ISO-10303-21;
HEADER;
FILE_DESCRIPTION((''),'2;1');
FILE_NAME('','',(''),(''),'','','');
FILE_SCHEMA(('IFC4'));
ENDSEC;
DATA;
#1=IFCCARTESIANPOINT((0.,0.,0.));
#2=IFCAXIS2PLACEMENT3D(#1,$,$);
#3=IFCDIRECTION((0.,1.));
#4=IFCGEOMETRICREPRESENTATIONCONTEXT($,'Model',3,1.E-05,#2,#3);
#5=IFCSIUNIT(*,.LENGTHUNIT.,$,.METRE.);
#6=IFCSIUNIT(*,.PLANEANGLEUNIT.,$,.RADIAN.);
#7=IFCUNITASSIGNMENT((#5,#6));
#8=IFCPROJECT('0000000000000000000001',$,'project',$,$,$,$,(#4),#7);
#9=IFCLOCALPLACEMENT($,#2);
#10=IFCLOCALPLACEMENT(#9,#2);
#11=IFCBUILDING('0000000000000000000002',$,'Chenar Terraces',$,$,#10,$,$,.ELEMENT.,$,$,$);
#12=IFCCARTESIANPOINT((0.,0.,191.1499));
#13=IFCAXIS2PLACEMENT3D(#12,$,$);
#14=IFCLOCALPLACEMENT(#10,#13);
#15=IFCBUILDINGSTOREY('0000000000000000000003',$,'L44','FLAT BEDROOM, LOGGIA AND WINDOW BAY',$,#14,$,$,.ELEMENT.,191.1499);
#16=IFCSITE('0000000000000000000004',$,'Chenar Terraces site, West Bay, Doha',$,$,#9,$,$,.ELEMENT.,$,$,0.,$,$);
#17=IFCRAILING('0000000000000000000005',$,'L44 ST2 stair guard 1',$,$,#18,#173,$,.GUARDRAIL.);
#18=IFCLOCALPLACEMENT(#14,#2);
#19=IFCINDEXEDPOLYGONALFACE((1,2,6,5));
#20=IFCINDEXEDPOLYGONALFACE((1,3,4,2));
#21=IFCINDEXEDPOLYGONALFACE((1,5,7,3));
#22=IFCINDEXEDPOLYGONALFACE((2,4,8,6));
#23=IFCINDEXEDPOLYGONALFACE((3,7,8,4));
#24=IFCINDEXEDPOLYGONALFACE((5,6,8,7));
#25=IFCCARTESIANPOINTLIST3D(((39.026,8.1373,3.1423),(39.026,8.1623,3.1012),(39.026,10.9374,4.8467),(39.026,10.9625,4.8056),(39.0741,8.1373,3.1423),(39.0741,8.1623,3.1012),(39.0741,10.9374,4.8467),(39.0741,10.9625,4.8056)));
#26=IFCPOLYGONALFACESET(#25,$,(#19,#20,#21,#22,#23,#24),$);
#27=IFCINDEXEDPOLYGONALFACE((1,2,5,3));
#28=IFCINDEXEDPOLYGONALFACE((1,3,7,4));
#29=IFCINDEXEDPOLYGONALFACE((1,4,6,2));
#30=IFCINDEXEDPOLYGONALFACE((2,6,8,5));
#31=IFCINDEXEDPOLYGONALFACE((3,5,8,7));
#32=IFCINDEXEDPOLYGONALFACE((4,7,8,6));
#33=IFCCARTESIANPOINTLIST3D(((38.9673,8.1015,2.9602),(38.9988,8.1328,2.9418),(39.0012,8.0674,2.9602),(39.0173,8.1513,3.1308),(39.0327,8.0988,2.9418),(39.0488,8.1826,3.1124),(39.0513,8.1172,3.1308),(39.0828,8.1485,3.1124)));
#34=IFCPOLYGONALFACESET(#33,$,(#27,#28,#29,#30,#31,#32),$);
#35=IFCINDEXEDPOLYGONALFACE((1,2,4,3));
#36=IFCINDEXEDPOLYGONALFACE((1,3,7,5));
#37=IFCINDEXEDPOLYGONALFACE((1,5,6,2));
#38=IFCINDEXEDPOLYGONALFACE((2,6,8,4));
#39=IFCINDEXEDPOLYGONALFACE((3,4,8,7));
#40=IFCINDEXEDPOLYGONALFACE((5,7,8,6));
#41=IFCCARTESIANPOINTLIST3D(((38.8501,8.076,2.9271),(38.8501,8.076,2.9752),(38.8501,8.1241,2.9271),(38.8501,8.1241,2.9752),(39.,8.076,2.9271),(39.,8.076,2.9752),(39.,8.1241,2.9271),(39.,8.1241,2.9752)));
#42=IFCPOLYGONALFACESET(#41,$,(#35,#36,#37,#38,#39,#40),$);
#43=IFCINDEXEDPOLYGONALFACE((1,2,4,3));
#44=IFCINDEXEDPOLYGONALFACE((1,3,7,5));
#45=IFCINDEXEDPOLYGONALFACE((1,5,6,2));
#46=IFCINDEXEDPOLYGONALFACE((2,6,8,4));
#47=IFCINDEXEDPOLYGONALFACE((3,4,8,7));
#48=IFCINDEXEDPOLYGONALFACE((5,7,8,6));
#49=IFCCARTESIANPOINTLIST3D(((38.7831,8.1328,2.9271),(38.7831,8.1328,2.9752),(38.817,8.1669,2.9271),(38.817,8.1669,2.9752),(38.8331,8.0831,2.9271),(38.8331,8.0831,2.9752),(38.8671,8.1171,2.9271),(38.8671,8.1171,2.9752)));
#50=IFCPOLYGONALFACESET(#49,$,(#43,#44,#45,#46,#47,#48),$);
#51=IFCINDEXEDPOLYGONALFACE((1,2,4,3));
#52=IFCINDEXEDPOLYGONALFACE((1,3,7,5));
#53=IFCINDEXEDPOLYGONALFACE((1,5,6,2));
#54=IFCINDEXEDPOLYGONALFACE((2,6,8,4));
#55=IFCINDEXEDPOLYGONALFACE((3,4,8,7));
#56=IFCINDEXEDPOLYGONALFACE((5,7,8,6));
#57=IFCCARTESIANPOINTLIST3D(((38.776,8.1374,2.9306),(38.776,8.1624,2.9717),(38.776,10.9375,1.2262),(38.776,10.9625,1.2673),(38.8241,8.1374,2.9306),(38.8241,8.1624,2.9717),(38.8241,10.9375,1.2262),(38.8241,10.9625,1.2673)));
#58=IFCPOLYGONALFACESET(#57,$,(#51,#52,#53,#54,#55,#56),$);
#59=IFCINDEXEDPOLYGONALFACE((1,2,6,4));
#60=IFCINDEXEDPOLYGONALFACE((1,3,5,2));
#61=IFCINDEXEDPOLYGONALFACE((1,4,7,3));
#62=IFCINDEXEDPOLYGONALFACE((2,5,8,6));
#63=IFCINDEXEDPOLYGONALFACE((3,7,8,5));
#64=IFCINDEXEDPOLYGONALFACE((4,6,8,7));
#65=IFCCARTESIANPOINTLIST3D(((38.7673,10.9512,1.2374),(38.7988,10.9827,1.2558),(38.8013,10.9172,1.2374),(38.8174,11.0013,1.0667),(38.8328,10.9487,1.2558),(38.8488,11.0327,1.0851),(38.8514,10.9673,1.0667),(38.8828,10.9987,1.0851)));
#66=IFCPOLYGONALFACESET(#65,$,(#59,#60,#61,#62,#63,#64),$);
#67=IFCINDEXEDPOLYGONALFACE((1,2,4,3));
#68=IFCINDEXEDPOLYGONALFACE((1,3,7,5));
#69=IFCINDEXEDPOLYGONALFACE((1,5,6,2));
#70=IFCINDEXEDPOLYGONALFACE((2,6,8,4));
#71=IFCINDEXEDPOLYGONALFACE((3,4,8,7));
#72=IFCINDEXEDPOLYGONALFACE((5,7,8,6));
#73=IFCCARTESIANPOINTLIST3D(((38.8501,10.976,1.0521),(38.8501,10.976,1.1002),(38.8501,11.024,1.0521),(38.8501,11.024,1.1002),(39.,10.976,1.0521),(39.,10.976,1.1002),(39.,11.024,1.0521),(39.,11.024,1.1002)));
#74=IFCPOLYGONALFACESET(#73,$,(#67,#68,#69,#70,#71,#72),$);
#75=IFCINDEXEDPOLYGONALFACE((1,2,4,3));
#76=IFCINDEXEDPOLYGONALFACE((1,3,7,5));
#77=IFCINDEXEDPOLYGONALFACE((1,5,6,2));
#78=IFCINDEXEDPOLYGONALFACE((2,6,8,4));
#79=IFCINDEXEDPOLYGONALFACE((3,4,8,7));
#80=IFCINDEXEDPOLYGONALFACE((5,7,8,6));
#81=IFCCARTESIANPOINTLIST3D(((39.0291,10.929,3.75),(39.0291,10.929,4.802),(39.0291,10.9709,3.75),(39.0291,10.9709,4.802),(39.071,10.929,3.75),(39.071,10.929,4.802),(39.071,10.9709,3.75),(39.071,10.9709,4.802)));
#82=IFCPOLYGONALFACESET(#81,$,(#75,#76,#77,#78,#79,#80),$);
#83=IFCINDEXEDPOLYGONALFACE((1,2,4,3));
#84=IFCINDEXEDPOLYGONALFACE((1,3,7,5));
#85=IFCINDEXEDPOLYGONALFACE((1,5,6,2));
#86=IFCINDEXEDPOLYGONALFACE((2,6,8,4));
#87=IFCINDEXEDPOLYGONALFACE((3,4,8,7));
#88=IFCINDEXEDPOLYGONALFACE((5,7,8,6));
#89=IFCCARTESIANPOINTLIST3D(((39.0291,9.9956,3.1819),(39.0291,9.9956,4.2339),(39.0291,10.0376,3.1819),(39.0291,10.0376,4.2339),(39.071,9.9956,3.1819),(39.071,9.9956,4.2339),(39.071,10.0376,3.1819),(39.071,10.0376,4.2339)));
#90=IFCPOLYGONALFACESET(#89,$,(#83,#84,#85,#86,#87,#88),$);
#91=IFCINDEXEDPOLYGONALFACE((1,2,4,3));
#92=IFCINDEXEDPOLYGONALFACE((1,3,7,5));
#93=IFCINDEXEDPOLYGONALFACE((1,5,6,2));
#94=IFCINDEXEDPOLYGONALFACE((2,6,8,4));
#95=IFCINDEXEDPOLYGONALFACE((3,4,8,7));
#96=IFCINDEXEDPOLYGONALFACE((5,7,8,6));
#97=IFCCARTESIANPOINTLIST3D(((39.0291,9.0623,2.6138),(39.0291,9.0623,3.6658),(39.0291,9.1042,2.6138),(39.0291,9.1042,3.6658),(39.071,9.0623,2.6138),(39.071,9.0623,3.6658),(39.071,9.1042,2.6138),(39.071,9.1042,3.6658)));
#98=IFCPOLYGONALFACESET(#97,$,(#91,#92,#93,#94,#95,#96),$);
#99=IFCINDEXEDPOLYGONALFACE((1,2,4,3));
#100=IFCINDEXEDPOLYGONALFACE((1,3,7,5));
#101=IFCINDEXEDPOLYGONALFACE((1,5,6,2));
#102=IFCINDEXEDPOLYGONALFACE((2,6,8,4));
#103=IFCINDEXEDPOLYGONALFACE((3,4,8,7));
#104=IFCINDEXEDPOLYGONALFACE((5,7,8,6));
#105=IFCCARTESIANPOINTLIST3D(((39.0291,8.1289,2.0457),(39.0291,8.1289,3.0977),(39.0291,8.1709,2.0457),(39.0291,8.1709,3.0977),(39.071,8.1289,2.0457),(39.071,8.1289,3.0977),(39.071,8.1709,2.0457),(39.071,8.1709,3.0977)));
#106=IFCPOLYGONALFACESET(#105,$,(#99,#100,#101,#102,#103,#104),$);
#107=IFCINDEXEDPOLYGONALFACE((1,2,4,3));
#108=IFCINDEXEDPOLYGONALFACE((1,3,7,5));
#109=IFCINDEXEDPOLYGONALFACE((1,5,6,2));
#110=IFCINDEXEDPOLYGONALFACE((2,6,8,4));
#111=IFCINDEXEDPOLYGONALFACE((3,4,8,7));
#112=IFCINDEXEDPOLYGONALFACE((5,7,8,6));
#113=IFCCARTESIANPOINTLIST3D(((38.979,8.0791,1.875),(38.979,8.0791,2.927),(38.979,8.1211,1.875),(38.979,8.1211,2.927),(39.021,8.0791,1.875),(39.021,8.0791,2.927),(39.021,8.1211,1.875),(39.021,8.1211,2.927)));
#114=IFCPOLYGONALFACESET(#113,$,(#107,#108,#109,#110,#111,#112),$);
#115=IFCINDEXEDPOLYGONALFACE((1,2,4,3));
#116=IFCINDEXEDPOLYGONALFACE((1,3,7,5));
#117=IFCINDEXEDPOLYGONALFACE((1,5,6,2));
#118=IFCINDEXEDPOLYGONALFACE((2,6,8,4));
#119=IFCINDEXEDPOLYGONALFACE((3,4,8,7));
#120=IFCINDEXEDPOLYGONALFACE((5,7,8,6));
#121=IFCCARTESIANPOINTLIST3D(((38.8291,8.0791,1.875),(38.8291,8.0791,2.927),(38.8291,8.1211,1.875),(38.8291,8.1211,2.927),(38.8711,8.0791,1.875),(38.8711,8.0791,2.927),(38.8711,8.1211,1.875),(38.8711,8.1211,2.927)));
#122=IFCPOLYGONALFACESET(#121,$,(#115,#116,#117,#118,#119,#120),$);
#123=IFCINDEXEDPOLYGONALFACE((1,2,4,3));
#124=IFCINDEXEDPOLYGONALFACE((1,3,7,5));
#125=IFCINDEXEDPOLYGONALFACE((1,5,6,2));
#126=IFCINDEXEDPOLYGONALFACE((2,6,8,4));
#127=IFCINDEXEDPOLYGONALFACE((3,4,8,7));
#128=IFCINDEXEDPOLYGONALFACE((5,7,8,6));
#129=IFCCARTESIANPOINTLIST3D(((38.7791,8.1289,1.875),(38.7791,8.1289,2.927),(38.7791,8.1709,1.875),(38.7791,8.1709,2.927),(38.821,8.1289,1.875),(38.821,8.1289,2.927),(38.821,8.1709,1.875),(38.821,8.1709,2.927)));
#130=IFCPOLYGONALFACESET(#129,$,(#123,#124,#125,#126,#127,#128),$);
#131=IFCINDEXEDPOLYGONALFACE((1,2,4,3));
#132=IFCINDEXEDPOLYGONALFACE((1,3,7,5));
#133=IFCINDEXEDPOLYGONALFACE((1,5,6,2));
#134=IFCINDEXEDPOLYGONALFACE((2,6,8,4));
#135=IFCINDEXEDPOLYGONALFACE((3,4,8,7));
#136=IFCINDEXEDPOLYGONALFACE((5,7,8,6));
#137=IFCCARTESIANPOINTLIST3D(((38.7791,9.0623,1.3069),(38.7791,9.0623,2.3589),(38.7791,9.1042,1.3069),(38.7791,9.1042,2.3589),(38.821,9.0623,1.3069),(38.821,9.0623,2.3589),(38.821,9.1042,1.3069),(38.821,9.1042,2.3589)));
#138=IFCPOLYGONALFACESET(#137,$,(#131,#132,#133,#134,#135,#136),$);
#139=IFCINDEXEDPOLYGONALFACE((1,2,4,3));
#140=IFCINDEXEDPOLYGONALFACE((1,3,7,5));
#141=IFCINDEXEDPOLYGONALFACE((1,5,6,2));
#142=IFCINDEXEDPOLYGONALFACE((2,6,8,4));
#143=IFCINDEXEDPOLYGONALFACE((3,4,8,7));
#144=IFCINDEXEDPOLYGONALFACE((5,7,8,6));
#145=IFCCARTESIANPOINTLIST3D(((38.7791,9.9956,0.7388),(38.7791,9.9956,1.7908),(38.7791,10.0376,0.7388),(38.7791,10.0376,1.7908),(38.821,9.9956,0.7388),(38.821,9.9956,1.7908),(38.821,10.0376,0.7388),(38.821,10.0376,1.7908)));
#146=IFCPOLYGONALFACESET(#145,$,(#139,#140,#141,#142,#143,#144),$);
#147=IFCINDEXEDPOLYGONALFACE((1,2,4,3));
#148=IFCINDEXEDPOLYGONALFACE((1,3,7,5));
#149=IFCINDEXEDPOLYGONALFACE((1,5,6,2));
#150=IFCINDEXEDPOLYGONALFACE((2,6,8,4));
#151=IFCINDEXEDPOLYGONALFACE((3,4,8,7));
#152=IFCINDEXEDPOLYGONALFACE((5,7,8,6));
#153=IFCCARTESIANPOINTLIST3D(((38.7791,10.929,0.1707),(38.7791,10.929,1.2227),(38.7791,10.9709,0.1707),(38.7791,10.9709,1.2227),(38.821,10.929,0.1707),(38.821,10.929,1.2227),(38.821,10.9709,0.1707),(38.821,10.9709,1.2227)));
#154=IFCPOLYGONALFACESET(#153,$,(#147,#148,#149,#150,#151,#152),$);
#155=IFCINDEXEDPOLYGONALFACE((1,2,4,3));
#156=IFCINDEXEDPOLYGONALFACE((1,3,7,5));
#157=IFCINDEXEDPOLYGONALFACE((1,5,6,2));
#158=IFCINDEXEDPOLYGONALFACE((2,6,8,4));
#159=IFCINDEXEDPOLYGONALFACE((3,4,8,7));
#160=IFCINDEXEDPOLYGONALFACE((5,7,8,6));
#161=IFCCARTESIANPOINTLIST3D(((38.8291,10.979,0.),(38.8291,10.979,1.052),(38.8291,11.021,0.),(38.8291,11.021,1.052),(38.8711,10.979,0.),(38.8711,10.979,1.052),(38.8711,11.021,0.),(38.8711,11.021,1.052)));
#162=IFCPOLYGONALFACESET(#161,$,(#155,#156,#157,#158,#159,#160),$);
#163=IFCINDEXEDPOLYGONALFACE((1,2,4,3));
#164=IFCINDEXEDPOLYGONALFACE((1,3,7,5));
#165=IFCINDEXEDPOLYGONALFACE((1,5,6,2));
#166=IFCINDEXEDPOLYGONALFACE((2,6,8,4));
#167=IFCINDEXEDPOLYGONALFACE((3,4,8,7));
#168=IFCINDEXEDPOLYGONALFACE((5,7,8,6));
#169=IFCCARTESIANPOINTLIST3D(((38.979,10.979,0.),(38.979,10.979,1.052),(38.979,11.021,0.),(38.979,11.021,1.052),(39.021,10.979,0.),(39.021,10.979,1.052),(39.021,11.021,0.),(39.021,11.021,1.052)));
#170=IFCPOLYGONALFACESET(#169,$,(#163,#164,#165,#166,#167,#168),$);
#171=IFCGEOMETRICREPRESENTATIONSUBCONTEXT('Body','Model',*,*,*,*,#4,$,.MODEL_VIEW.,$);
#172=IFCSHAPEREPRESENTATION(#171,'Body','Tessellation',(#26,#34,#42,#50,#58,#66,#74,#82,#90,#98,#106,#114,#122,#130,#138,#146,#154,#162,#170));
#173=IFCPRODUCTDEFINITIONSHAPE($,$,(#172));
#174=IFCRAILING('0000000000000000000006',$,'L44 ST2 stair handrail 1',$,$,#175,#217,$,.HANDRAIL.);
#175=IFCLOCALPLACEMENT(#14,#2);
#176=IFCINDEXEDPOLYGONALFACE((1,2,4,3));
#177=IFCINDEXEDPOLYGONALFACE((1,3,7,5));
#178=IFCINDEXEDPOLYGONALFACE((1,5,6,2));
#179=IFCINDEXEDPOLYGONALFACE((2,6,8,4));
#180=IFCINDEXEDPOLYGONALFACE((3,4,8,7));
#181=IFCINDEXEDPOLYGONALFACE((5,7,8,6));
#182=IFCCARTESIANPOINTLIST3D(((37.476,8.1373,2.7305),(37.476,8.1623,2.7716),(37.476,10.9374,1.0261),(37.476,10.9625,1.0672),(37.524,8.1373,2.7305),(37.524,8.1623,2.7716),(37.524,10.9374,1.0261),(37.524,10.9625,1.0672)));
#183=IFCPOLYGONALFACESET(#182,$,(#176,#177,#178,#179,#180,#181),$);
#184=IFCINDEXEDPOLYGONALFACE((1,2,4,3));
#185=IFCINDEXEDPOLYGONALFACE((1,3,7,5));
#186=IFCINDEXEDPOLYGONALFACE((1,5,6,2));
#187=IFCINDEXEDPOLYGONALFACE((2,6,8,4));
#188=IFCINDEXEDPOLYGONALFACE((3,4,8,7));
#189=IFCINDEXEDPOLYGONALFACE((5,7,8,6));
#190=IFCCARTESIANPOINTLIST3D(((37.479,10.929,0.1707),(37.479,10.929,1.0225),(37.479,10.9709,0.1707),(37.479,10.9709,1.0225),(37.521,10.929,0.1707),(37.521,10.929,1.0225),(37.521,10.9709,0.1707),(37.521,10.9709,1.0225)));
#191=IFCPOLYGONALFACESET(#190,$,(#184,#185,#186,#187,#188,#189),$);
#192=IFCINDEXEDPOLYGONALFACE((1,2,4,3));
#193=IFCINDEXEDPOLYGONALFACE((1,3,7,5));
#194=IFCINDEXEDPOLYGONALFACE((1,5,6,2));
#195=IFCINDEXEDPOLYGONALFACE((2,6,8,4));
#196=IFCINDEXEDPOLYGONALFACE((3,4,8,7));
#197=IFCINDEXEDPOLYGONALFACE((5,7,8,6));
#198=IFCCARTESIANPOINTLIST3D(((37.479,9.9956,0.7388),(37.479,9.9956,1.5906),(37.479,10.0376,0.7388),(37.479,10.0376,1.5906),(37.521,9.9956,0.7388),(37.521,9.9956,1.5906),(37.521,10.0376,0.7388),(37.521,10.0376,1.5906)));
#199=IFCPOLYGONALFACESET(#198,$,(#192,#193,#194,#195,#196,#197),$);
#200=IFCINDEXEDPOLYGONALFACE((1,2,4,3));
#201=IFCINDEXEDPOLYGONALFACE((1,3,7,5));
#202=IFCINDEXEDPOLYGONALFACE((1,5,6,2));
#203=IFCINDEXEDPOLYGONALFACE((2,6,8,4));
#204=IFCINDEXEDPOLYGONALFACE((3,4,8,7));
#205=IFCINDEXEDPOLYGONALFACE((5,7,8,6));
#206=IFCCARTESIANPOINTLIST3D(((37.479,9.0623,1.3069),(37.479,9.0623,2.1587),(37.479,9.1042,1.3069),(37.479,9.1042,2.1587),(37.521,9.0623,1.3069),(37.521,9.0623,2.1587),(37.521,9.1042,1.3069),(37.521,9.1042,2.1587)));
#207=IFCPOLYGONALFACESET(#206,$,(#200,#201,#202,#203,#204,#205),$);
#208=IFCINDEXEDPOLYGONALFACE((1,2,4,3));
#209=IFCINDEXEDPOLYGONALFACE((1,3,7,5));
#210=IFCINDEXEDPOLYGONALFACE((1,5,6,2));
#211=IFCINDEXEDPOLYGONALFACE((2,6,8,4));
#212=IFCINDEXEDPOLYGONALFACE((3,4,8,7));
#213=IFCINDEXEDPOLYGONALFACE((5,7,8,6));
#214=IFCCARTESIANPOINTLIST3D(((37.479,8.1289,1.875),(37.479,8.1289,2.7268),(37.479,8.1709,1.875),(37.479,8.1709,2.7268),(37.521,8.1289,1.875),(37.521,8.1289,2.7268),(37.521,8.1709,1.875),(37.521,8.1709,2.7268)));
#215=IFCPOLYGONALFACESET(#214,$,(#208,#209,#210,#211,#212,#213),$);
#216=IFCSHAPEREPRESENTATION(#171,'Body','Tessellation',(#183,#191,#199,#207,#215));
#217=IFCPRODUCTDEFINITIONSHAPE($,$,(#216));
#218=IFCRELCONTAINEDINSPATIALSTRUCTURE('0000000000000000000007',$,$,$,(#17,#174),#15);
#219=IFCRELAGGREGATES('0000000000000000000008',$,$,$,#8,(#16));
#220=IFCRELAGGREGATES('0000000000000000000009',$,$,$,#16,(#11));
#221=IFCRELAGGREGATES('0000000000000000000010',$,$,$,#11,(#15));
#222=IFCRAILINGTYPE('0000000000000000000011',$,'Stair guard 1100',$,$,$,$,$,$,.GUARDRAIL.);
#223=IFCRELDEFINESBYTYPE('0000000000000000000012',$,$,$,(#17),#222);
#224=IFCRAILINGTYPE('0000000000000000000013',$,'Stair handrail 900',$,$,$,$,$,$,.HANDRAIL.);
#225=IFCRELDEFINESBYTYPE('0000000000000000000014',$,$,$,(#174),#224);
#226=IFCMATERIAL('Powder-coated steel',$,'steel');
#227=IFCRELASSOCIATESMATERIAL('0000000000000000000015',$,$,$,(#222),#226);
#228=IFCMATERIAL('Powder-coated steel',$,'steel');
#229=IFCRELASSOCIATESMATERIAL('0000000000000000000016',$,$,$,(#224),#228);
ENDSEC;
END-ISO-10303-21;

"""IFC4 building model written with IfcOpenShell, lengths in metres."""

from ifc_helpers import new_model, si_unit, direction, frame, origin, origin_2d, place, context, subcontext, project, spatial, rectangle, extrude, material, type_object, element, save


model = new_model("IFC4")

# Units and contexts
model_context = context("Model", 3, precision=1e-05, world=origin(), true_north=direction((0.0, 1.0)))
body_context = subcontext(model_context, "Body", "Model", "MODEL_VIEW")
ifc_project = project(units=[si_unit("LENGTHUNIT", "METRE"), si_unit("PLANEANGLEUNIT", "RADIAN")], contexts=[model_context])

# Site, building, storey
site_placement = place(None, origin())
site = spatial("IfcSite", under=ifc_project, at=site_placement, Name="Chenar Terraces site, West Bay, Doha", CompositionType="ELEMENT", RefElevation=0.0)
building_placement = place(site_placement, origin())
building = spatial("IfcBuilding", under=site, at=building_placement, Name="Chenar Terraces", CompositionType="ELEMENT")
storey_placement = place(building_placement, frame((0.0, 0.0, 191.1499)))
storey = spatial("IfcBuildingStorey", under=building, at=storey_placement, Name="L44", Description="FLAT BEDROOM, LOGGIA AND WINDOW BAY", CompositionType="ELEMENT", Elevation=191.1499)

# Railings
ifc_material_1 = material(Name="Powder-coated steel", Category="steel")
railing_type_1 = type_object("IfcRailingType", Name="Stair guard 1100", PredefinedType="GUARDRAIL", material=ifc_material_1)
railing_1_placement = place(storey_placement, frame((39.05, 10.95, 3.75)))
element("IfcRailing", 1, at=railing_1_placement, inside=storey, type_object=railing_type_1, Name="L44 ST2 stair guard 1", PredefinedType="GUARDRAIL", context=body_context, shape_type="SweptSolid", body=[
    extrude(rectangle(XDim=0.0481, YDim=0.0481, at=origin_2d()), frame((0.0, 0.0, 1.0762), z_axis=(0.0, -0.854203, -0.51994), x_axis=(1.0, 0.0, 0.0)), (0.0, 0.0, 1.0), 3.2781),
    extrude(rectangle(XDim=0.0481, YDim=0.0481, at=origin_2d()), frame((0.0, -2.8, -0.6284), z_axis=(-0.270997, -0.269675, -0.924033), x_axis=(0.705376, -0.708834, 0.0)), (0.0, 0.0, 1.0), 0.1846),
    extrude(rectangle(XDim=0.0481, YDim=0.0481, at=origin_2d()), frame((-0.05, -2.8499, -0.7988), z_axis=(-1.0, 0.0, 0.0), x_axis=(0.0, -1.0, 0.0)), (0.0, 0.0, 1.0), 0.1499),
    extrude(rectangle(XDim=0.0481, YDim=0.0481, at=origin_2d()), frame((-0.2, -2.8499, -0.7988), z_axis=(-0.708834, 0.705376, 0.0), x_axis=(-0.705376, -0.708834, 0.0)), (0.0, 0.0, 1.0), 0.0706),
    extrude(rectangle(XDim=0.0481, YDim=0.0481, at=origin_2d()), frame((-0.25, -2.8, -0.7988), z_axis=(0.0, 0.854203, -0.51994), x_axis=(-1.0, 0.0, 0.0)), (0.0, 0.0, 1.0), 3.2781),
    extrude(rectangle(XDim=0.0481, YDim=0.0481, at=origin_2d()), frame((-0.25, 0.0, -2.5034), z_axis=(0.2709, 0.2709, -0.923703), x_axis=(-0.707107, 0.707107, 0.0)), (0.0, 0.0, 1.0), 0.1848),
    extrude(rectangle(XDim=0.0481, YDim=0.0481, at=origin_2d()), frame((-0.2, 0.05, -2.6738), z_axis=(1.0, 0.0, 0.0), x_axis=(0.0, 1.0, 0.0)), (0.0, 0.0, 1.0), 0.1499),
    extrude(rectangle(XDim=0.042, YDim=0.042, at=origin_2d()), origin(), (0.0, 0.0, 1.0), 1.052),
    extrude(rectangle(XDim=0.042, YDim=0.042, at=origin_2d()), frame((0.0, -0.9333, -0.5681)), (0.0, 0.0, 1.0), 1.052),
    extrude(rectangle(XDim=0.042, YDim=0.042, at=origin_2d()), frame((0.0, -1.8667, -1.1362)), (0.0, 0.0, 1.0), 1.052),
    extrude(rectangle(XDim=0.042, YDim=0.042, at=origin_2d()), frame((0.0, -2.8, -1.7043)), (0.0, 0.0, 1.0), 1.052),
    extrude(rectangle(XDim=0.042, YDim=0.042, at=origin_2d()), frame((-0.05, -2.8499, -1.875)), (0.0, 0.0, 1.0), 1.052),
    extrude(rectangle(XDim=0.042, YDim=0.042, at=origin_2d()), frame((-0.2, -2.8499, -1.875)), (0.0, 0.0, 1.0), 1.052),
    extrude(rectangle(XDim=0.042, YDim=0.042, at=origin_2d()), frame((-0.25, -2.8, -1.875)), (0.0, 0.0, 1.0), 1.052),
    extrude(rectangle(XDim=0.042, YDim=0.042, at=origin_2d()), frame((-0.25, -1.8667, -2.4431)), (0.0, 0.0, 1.0), 1.052),
    extrude(rectangle(XDim=0.042, YDim=0.042, at=origin_2d()), frame((-0.25, -0.9333, -3.0112)), (0.0, 0.0, 1.0), 1.052),
    extrude(rectangle(XDim=0.042, YDim=0.042, at=origin_2d()), frame((-0.25, 0.0, -3.5793)), (0.0, 0.0, 1.0), 1.052),
    extrude(rectangle(XDim=0.042, YDim=0.042, at=origin_2d()), frame((-0.2, 0.05, -3.75)), (0.0, 0.0, 1.0), 1.052),
    extrude(rectangle(XDim=0.042, YDim=0.042, at=origin_2d()), frame((-0.05, 0.05, -3.75)), (0.0, 0.0, 1.0), 1.052),
])
ifc_material_2 = material(Name="Powder-coated steel", Category="steel")
railing_type_2 = type_object("IfcRailingType", Name="Stair handrail 900", PredefinedType="HANDRAIL", material=ifc_material_2)
railing_2_placement = place(storey_placement, frame((37.5, 10.95, 0.1707)))
element("IfcRailing", 2, at=railing_2_placement, inside=storey, type_object=railing_type_2, Name="L44 ST2 stair handrail 1", PredefinedType="HANDRAIL", context=body_context, shape_type="SweptSolid", body=[
    extrude(rectangle(XDim=0.0481, YDim=0.0481, at=origin_2d()), frame((0.0, 0.0, 0.876), z_axis=(0.0, -0.854203, 0.51994), x_axis=(1.0, 0.0, 0.0)), (0.0, 0.0, 1.0), 3.2781),
    extrude(rectangle(XDim=0.042, YDim=0.042, at=origin_2d()), origin(), (0.0, 0.0, 1.0), 0.8518),
    extrude(rectangle(XDim=0.042, YDim=0.042, at=origin_2d()), frame((0.0, -0.9333, 0.5681)), (0.0, 0.0, 1.0), 0.8518),
    extrude(rectangle(XDim=0.042, YDim=0.042, at=origin_2d()), frame((0.0, -1.8667, 1.1362)), (0.0, 0.0, 1.0), 0.8518),
    extrude(rectangle(XDim=0.042, YDim=0.042, at=origin_2d()), frame((0.0, -2.8, 1.7043)), (0.0, 0.0, 1.0), 0.8518),
])

save(model, "model.ifc")
